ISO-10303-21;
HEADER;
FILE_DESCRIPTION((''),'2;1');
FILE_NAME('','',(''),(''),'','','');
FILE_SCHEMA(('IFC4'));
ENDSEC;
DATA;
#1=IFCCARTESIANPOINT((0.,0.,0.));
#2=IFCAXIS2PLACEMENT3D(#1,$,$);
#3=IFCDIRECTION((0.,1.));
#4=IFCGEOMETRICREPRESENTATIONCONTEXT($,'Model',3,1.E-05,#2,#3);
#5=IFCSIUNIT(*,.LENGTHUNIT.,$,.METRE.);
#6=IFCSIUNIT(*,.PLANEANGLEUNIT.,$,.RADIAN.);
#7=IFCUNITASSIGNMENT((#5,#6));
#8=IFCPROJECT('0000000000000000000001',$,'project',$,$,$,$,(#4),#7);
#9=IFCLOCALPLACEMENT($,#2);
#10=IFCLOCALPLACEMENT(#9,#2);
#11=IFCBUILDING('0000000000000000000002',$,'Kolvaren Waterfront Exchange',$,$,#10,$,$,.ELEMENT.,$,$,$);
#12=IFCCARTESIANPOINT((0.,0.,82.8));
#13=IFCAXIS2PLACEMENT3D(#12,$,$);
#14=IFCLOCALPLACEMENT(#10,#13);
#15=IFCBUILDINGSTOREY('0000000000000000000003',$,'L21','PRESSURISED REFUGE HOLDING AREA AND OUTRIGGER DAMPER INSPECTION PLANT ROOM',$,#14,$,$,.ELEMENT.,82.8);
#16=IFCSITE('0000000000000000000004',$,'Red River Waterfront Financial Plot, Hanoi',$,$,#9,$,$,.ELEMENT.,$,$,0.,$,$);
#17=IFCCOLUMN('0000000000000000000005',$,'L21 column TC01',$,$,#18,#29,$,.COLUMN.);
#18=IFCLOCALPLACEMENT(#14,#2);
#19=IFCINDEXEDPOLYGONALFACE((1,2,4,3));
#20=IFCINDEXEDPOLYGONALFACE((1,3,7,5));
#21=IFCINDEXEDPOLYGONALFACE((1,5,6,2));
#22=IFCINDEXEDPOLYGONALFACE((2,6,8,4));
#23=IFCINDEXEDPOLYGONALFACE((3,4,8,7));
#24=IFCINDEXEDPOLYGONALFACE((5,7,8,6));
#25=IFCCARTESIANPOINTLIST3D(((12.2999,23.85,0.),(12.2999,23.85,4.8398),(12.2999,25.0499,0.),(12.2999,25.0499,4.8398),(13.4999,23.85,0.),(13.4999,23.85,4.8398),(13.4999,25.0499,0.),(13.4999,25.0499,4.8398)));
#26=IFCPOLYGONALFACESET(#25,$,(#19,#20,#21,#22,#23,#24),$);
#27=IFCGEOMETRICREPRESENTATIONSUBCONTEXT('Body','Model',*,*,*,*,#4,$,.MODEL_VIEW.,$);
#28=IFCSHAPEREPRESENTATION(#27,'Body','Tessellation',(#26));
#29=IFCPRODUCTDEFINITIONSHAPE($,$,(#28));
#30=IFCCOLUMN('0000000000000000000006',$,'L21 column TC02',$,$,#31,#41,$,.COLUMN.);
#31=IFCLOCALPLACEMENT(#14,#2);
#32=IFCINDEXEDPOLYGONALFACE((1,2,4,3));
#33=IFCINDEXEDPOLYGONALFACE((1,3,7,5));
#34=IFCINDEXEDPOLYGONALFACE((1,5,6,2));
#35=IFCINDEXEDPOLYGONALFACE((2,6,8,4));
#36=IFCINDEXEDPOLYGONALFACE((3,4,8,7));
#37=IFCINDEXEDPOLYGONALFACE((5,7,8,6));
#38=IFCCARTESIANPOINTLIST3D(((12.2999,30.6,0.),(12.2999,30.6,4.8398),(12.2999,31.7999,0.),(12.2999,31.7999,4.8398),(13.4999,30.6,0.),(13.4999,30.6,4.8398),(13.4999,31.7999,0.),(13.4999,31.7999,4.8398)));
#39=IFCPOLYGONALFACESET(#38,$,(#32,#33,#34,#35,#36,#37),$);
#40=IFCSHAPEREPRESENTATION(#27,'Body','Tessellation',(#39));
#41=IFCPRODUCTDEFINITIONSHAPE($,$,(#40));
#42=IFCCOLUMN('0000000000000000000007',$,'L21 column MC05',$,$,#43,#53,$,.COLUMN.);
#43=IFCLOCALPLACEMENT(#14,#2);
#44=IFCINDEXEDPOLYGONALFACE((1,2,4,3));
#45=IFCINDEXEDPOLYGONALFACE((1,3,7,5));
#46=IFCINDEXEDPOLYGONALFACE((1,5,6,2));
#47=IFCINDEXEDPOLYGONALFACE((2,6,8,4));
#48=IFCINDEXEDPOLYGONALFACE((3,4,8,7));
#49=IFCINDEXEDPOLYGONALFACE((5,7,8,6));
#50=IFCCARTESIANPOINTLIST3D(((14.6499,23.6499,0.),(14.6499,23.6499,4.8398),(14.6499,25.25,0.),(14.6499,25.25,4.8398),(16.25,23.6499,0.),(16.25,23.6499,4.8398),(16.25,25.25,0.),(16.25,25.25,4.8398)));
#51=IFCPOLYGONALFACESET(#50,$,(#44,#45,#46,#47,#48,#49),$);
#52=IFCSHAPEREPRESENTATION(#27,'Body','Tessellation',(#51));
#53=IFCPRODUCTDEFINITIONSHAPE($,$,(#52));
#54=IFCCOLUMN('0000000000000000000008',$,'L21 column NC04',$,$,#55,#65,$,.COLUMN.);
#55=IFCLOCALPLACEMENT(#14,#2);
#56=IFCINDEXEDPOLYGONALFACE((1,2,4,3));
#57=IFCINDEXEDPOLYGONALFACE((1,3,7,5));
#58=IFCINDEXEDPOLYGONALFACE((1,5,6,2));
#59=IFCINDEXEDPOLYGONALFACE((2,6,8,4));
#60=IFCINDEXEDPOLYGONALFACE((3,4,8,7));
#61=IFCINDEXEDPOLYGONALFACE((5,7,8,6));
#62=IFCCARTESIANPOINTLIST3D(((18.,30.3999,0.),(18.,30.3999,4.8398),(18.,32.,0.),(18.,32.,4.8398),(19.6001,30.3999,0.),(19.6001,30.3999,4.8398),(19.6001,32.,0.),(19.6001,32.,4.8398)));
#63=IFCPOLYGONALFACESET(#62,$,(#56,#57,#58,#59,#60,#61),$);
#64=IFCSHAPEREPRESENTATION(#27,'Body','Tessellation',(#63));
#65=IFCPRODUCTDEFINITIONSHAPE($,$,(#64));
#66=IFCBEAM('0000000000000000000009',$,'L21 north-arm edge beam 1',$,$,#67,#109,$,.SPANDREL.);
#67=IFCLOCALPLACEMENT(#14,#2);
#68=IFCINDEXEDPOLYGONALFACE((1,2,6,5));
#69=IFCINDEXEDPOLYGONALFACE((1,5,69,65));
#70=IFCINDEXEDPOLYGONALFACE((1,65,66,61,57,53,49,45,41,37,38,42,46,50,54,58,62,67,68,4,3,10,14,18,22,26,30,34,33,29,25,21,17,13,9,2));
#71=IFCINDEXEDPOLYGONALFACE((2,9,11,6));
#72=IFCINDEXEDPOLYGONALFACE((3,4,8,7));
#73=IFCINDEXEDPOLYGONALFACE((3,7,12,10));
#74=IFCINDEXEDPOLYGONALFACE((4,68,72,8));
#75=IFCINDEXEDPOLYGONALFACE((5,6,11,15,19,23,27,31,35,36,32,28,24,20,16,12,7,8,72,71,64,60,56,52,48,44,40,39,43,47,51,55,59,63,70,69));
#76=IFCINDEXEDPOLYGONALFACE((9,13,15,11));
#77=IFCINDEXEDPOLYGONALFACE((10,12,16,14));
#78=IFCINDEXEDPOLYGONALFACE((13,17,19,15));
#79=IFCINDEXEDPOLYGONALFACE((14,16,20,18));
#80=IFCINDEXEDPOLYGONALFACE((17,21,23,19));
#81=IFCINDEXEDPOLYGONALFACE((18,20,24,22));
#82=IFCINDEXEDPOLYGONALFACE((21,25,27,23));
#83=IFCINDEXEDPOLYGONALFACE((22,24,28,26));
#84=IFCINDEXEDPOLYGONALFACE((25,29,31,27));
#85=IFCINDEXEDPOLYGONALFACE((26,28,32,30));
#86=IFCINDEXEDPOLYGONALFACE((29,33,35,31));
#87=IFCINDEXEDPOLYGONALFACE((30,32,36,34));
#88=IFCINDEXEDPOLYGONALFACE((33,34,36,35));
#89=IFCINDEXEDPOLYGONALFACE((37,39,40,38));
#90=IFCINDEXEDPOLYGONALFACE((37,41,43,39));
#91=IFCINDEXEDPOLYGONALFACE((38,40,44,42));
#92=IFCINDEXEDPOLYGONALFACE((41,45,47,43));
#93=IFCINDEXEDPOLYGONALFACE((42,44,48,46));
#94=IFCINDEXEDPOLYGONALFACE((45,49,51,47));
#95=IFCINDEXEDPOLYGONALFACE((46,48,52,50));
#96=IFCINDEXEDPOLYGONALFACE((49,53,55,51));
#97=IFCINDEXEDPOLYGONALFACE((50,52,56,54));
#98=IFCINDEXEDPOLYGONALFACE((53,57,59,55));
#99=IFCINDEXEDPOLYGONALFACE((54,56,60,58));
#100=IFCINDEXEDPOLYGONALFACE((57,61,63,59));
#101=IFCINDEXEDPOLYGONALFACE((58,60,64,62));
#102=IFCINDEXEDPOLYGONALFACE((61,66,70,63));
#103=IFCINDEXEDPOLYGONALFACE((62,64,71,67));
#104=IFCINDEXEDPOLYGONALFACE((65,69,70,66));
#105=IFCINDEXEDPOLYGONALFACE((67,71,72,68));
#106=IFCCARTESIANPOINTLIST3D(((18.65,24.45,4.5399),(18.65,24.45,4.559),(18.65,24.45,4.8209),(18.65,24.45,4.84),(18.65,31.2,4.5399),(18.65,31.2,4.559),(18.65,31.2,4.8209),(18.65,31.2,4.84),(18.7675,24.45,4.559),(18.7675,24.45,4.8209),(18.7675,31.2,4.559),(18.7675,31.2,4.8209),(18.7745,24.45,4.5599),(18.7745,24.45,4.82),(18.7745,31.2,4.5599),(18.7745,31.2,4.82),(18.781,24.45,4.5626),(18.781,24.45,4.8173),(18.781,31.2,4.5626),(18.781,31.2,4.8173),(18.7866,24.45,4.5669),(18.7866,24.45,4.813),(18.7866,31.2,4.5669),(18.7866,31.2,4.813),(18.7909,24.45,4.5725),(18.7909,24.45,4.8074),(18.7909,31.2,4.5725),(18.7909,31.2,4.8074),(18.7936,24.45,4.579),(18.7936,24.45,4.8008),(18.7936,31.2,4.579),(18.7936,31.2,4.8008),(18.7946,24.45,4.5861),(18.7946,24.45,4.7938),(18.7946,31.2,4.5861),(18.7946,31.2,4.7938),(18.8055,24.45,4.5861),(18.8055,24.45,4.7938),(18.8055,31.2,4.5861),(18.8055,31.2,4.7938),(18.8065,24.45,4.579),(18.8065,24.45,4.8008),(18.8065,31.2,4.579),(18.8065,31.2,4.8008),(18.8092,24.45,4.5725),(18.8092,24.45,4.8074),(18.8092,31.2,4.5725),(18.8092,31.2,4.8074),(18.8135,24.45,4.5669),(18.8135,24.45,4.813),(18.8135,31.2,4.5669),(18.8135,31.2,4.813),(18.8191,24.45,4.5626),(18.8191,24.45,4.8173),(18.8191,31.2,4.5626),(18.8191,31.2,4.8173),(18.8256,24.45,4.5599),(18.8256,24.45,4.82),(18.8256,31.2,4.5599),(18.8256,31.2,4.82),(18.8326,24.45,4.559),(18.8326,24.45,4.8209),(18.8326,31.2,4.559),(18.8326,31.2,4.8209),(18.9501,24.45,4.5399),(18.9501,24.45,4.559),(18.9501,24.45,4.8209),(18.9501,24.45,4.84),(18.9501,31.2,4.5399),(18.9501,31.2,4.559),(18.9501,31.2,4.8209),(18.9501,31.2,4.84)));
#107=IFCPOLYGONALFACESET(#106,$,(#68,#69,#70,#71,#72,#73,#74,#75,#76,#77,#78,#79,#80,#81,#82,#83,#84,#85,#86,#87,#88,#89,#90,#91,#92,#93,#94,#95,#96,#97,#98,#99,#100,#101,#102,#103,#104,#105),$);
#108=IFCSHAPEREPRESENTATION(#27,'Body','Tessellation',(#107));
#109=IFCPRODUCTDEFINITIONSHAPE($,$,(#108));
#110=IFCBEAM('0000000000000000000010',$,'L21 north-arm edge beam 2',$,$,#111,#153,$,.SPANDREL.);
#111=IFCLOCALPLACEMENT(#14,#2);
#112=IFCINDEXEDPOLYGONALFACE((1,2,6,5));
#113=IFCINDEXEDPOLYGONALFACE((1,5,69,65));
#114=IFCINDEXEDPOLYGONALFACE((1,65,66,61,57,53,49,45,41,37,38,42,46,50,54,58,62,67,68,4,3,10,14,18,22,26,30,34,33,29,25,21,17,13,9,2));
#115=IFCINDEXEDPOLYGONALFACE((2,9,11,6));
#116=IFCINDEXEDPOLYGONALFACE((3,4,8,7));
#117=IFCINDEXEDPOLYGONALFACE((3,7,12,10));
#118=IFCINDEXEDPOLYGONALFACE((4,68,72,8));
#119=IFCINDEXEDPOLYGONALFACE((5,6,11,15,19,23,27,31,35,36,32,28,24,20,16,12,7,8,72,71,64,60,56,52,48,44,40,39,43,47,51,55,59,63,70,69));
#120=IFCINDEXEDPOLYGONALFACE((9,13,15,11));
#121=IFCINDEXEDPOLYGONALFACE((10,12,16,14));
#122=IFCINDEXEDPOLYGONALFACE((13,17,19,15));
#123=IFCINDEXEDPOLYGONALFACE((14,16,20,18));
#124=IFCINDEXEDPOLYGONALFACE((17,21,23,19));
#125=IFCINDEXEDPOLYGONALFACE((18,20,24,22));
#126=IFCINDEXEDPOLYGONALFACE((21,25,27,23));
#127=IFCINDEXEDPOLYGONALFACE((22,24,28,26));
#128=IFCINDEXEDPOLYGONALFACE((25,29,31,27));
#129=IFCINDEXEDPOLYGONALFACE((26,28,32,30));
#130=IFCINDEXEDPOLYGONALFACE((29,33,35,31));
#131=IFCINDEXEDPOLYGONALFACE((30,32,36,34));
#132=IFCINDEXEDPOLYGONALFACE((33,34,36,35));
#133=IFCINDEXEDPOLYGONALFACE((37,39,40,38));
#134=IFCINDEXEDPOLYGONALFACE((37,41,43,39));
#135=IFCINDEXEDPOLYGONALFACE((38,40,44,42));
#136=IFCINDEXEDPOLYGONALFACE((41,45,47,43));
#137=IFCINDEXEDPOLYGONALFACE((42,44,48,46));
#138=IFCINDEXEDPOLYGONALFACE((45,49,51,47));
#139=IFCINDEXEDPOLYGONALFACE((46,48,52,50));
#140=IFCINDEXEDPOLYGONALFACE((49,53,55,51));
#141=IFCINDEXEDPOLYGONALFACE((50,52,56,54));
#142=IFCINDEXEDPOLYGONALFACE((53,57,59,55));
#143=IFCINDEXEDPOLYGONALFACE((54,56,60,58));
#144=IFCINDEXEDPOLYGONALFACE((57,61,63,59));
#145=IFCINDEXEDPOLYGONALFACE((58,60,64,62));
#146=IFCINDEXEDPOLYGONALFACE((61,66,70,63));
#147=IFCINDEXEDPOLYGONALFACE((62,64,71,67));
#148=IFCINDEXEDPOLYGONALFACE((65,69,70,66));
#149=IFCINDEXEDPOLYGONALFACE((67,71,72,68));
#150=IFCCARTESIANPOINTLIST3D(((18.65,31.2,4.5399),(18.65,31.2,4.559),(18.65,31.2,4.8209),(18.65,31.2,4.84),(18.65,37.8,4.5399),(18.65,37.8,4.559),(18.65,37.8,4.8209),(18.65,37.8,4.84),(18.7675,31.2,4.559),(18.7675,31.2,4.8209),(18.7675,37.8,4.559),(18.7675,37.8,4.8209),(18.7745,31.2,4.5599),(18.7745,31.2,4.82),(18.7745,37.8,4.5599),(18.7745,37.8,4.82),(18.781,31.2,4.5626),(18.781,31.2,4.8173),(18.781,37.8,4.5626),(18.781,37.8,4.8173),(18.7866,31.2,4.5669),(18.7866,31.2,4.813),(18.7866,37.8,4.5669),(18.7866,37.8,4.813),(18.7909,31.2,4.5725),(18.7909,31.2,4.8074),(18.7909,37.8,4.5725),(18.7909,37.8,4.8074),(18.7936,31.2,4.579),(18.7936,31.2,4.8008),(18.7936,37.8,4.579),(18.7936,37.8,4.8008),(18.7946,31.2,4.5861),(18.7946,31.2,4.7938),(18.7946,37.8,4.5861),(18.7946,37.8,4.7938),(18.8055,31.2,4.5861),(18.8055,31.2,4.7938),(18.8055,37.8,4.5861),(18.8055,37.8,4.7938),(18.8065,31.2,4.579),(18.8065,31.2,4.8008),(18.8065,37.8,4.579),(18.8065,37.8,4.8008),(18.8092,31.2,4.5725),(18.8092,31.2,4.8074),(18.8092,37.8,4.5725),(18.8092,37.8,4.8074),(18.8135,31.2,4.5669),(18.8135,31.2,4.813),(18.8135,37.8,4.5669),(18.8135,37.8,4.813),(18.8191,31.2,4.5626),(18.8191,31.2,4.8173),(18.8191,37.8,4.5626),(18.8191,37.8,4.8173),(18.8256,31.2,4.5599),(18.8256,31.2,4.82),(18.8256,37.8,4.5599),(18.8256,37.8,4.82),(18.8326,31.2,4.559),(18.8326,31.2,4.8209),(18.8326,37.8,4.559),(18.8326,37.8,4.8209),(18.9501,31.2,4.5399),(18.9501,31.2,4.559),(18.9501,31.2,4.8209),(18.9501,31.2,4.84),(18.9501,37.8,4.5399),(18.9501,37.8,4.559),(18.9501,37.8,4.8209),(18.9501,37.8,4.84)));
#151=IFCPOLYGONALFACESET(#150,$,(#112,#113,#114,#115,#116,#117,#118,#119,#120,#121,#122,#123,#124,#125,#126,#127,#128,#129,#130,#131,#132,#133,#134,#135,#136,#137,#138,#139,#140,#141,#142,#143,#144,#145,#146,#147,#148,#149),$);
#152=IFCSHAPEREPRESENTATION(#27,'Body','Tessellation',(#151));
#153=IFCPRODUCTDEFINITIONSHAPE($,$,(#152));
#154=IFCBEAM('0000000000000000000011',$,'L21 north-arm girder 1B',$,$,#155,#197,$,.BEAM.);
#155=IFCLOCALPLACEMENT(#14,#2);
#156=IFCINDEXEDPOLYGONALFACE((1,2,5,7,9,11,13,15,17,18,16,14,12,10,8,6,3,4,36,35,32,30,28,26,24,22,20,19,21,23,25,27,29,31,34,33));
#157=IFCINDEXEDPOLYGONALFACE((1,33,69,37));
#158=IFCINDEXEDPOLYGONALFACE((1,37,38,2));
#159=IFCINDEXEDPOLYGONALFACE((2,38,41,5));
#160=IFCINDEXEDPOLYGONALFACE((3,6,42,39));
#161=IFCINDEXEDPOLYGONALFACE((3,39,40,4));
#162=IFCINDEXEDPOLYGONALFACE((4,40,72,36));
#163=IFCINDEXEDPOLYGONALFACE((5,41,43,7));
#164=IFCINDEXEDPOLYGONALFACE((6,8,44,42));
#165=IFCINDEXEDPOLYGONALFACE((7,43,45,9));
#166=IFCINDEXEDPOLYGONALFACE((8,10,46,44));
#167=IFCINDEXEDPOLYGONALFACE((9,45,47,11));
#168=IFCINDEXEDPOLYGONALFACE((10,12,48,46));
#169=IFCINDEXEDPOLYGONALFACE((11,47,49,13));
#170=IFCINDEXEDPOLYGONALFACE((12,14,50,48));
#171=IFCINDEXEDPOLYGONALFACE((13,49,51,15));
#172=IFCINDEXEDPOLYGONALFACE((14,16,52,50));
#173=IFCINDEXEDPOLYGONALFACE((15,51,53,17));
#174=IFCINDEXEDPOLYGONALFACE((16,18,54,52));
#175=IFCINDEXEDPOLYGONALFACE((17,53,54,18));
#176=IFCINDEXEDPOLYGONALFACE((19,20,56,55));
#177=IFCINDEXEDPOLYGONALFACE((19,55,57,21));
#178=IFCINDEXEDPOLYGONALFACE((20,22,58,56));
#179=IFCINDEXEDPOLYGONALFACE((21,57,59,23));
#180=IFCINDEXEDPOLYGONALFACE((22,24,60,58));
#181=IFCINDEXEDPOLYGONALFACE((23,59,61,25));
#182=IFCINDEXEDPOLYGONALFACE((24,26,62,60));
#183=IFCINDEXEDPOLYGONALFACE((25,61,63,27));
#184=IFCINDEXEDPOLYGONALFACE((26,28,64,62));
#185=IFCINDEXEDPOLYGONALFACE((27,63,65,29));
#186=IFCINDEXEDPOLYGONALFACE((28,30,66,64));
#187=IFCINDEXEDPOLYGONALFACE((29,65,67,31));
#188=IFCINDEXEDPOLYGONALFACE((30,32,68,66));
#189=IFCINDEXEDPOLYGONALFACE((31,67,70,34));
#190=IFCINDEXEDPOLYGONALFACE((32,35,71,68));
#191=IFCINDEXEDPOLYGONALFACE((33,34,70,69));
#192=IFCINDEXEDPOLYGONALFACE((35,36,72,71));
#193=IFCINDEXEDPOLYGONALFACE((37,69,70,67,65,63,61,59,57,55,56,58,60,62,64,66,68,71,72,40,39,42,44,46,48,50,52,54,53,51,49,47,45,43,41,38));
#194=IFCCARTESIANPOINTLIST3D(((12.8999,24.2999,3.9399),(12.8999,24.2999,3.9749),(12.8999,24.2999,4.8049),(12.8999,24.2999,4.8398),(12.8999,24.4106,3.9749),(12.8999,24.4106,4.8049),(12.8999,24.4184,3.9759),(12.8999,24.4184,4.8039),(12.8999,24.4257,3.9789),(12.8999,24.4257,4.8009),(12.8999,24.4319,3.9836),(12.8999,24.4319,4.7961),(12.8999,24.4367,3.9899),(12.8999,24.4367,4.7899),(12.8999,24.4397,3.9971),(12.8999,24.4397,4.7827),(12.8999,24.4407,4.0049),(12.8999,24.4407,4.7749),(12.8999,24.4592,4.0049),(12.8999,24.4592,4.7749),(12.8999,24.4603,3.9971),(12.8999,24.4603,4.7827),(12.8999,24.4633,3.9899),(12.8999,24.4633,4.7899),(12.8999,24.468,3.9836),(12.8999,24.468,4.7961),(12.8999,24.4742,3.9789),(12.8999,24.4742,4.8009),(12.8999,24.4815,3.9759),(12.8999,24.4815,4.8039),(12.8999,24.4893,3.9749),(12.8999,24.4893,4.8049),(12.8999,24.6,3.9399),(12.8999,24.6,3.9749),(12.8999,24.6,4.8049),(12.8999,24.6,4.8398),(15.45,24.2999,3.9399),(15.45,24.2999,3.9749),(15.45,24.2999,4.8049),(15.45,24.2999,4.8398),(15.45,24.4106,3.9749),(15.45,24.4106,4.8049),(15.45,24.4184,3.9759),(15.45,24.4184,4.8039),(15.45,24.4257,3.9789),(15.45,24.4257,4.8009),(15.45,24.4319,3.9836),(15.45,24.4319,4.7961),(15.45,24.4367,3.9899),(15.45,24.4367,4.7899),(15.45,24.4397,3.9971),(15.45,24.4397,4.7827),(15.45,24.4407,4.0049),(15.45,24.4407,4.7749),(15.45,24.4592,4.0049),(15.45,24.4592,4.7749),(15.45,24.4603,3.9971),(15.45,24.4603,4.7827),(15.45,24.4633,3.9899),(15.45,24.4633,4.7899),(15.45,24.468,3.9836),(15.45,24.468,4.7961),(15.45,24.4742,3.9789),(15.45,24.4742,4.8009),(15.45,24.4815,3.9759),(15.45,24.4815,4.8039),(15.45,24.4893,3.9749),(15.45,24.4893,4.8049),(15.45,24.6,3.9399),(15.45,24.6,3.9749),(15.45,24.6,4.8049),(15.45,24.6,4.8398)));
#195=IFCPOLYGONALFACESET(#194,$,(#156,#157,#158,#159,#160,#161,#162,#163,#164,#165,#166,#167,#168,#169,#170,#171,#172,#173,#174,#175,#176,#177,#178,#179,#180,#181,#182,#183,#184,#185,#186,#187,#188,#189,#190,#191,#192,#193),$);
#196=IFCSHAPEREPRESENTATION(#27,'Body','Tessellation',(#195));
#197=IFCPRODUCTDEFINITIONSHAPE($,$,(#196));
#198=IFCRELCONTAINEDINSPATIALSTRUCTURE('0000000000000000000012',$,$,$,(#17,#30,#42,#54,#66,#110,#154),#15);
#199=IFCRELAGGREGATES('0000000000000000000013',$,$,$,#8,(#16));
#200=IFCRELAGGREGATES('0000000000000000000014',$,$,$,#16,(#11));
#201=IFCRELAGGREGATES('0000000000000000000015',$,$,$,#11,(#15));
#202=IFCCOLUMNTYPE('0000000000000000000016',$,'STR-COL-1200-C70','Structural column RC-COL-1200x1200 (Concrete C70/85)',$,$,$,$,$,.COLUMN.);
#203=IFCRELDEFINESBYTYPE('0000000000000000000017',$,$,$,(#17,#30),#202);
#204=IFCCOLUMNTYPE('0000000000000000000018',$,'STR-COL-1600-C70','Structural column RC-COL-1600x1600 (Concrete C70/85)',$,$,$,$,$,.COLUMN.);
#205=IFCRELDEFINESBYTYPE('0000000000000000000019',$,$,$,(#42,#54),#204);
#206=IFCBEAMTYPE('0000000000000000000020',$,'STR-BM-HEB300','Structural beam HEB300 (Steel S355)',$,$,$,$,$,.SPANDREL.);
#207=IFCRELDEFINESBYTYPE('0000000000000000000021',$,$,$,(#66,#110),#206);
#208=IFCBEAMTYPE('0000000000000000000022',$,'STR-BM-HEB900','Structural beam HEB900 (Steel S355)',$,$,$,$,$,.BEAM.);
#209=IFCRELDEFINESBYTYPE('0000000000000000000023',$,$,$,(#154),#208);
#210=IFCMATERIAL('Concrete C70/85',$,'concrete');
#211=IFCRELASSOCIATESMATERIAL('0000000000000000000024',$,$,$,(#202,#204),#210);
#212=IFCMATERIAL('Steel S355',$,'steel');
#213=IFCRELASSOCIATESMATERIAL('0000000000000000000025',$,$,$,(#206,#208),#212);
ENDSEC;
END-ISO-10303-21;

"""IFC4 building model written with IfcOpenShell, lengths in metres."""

from ifc_helpers import new_model, si_unit, direction, frame, origin, origin_2d, place, context, subcontext, project, spatial, rectangle, i_section, extrude, material, material_profile, profile_set, type_object, element, save


model = new_model("IFC4")

# Units and contexts
model_context = context("Model", 3, precision=1e-05, world=origin(), true_north=direction((0.0, 1.0)))
body_context = subcontext(model_context, "Body", "Model", "MODEL_VIEW")
ifc_project = project(units=[si_unit("LENGTHUNIT", "METRE"), si_unit("PLANEANGLEUNIT", "RADIAN")], contexts=[model_context])

# Site, building, storey
site_placement = place(None, origin())
site = spatial("IfcSite", under=ifc_project, at=site_placement, Name="Red River Waterfront Financial Plot, Hanoi", CompositionType="ELEMENT", RefElevation=0.0)
building_placement = place(site_placement, origin())
building = spatial("IfcBuilding", under=site, at=building_placement, Name="Kolvaren Waterfront Exchange", CompositionType="ELEMENT")
storey_placement = place(building_placement, frame((0.0, 0.0, 82.8)))
storey = spatial("IfcBuildingStorey", under=building, at=storey_placement, Name="L21", Description="PRESSURISED REFUGE HOLDING AREA AND OUTRIGGER DAMPER INSPECTION PLANT ROOM", CompositionType="ELEMENT", Elevation=82.8)

# Columns
ifc_material_1 = material(Name="Concrete C70/85", Category="concrete")
ifc_material_profile_1 = material_profile(ifc_material_1, rectangle(XDim=1.2, YDim=1.2, at=origin_2d()), Name="RC-COL-1200x1200")
ifc_profile_set_1 = profile_set([ifc_material_profile_1], Name="Concrete C70/85")
column_type_1 = type_object("IfcColumnType", Name="STR-COL-1200-C70", Description="Structural column RC-COL-1200x1200 (Concrete C70/85)", PredefinedType="COLUMN", material=ifc_profile_set_1)
for number, where, z_axis, x_axis, name in (
    (1, (12.8999, 24.45, 0.0), (0.0, 0.0, 1.0), (1.0, 0.0, 0.0), "L21 column TC01"),
    (2, (12.8999, 31.2, 0.0), (0.0, 0.0, 1.0), (1.0, 0.0, 0.0), "L21 column TC02"),
):
    element("IfcColumn", number, at=place(storey_placement, frame(where, z_axis=z_axis, x_axis=x_axis)), inside=storey, type_object=column_type_1, Name=name, PredefinedType="COLUMN", context=body_context, shape_type="SweptSolid", body=[
        extrude(rectangle(XDim=1.2, YDim=1.2, at=origin_2d()), origin(), (0.0, 0.0, 1.0), 4.8398),
    ])
ifc_material_profile_2 = material_profile(ifc_material_1, rectangle(XDim=1.6001, YDim=1.6001, at=origin_2d()), Name="RC-COL-1600x1600")
ifc_profile_set_2 = profile_set([ifc_material_profile_2], Name="Concrete C70/85")
column_type_2 = type_object("IfcColumnType", Name="STR-COL-1600-C70", Description="Structural column RC-COL-1600x1600 (Concrete C70/85)", PredefinedType="COLUMN", material=ifc_profile_set_2)
for number, where, z_axis, x_axis, name in (
    (3, (15.45, 24.45, 0.0), (0.0, 0.0, 1.0), (1.0, 0.0, 0.0), "L21 column MC05"),
    (4, (18.8, 31.2, 0.0), (0.0, 0.0, 1.0), (1.0, 0.0, 0.0), "L21 column NC04"),
):
    element("IfcColumn", number, at=place(storey_placement, frame(where, z_axis=z_axis, x_axis=x_axis)), inside=storey, type_object=column_type_2, Name=name, PredefinedType="COLUMN", context=body_context, shape_type="SweptSolid", body=[
        extrude(rectangle(XDim=1.6001, YDim=1.6001, at=origin_2d()), origin(), (0.0, 0.0, 1.0), 4.8398),
    ])

# Beams
ifc_material_2 = material(Name="Steel S355", Category="steel")
ifc_material_profile_3 = material_profile(ifc_material_2, i_section(OverallWidth=0.3, OverallDepth=0.3, WebThickness=0.011, FlangeThickness=0.019, FilletRadius=0.0271, at=origin_2d()), Name="HEB300")
ifc_profile_set_3 = profile_set([ifc_material_profile_3], Name="Steel S355")
beam_type_1 = type_object("IfcBeamType", Name="STR-BM-HEB300", Description="Structural beam HEB300 (Steel S355)", PredefinedType="SPANDREL", material=ifc_profile_set_3)
beam_1_placement = place(storey_placement, frame((18.8, 24.45, 4.6899), z_axis=(0.0, 1.0, 0.0), x_axis=(-1.0, 0.0, 0.0)))
element("IfcBeam", 5, at=beam_1_placement, inside=storey, type_object=beam_type_1, Name="L21 north-arm edge beam 1", PredefinedType="SPANDREL", context=body_context, shape_type="SweptSolid", body=[
    extrude(i_section(OverallWidth=0.3, OverallDepth=0.3, WebThickness=0.011, FlangeThickness=0.019, FilletRadius=0.0271, at=origin_2d()), origin(), (0.0, 0.0, 1.0), 6.75),
])
beam_2_placement = place(storey_placement, frame((18.8, 31.2, 4.6899), z_axis=(0.0, 1.0, 0.0), x_axis=(-1.0, 0.0, 0.0)))
element("IfcBeam", 6, at=beam_2_placement, inside=storey, type_object=beam_type_1, Name="L21 north-arm edge beam 2", PredefinedType="SPANDREL", context=body_context, shape_type="SweptSolid", body=[
    extrude(i_section(OverallWidth=0.3, OverallDepth=0.3, WebThickness=0.011, FlangeThickness=0.019, FilletRadius=0.0271, at=origin_2d()), origin(), (0.0, 0.0, 1.0), 6.6001),
])
ifc_material_profile_4 = material_profile(ifc_material_2, i_section(OverallWidth=0.3, OverallDepth=0.8999, WebThickness=0.0186, FlangeThickness=0.0349, FilletRadius=0.03, at=origin_2d()), Name="HEB900")
ifc_profile_set_4 = profile_set([ifc_material_profile_4], Name="Steel S355")
beam_type_2 = type_object("IfcBeamType", Name="STR-BM-HEB900", Description="Structural beam HEB900 (Steel S355)", PredefinedType="BEAM", material=ifc_profile_set_4)
beam_3_placement = place(storey_placement, frame((12.8999, 24.45, 4.3899), z_axis=(1.0, 0.0, 0.0), x_axis=(0.0, 1.0, 0.0)))
element("IfcBeam", 7, at=beam_3_placement, inside=storey, type_object=beam_type_2, Name="L21 north-arm girder 1B", PredefinedType="BEAM", context=body_context, shape_type="SweptSolid", body=[
    extrude(i_section(OverallWidth=0.3, OverallDepth=0.8999, WebThickness=0.0186, FlangeThickness=0.0349, FilletRadius=0.03, at=origin_2d()), origin(), (0.0, 0.0, 1.0), 2.55),
])

save(model, "model.ifc")
